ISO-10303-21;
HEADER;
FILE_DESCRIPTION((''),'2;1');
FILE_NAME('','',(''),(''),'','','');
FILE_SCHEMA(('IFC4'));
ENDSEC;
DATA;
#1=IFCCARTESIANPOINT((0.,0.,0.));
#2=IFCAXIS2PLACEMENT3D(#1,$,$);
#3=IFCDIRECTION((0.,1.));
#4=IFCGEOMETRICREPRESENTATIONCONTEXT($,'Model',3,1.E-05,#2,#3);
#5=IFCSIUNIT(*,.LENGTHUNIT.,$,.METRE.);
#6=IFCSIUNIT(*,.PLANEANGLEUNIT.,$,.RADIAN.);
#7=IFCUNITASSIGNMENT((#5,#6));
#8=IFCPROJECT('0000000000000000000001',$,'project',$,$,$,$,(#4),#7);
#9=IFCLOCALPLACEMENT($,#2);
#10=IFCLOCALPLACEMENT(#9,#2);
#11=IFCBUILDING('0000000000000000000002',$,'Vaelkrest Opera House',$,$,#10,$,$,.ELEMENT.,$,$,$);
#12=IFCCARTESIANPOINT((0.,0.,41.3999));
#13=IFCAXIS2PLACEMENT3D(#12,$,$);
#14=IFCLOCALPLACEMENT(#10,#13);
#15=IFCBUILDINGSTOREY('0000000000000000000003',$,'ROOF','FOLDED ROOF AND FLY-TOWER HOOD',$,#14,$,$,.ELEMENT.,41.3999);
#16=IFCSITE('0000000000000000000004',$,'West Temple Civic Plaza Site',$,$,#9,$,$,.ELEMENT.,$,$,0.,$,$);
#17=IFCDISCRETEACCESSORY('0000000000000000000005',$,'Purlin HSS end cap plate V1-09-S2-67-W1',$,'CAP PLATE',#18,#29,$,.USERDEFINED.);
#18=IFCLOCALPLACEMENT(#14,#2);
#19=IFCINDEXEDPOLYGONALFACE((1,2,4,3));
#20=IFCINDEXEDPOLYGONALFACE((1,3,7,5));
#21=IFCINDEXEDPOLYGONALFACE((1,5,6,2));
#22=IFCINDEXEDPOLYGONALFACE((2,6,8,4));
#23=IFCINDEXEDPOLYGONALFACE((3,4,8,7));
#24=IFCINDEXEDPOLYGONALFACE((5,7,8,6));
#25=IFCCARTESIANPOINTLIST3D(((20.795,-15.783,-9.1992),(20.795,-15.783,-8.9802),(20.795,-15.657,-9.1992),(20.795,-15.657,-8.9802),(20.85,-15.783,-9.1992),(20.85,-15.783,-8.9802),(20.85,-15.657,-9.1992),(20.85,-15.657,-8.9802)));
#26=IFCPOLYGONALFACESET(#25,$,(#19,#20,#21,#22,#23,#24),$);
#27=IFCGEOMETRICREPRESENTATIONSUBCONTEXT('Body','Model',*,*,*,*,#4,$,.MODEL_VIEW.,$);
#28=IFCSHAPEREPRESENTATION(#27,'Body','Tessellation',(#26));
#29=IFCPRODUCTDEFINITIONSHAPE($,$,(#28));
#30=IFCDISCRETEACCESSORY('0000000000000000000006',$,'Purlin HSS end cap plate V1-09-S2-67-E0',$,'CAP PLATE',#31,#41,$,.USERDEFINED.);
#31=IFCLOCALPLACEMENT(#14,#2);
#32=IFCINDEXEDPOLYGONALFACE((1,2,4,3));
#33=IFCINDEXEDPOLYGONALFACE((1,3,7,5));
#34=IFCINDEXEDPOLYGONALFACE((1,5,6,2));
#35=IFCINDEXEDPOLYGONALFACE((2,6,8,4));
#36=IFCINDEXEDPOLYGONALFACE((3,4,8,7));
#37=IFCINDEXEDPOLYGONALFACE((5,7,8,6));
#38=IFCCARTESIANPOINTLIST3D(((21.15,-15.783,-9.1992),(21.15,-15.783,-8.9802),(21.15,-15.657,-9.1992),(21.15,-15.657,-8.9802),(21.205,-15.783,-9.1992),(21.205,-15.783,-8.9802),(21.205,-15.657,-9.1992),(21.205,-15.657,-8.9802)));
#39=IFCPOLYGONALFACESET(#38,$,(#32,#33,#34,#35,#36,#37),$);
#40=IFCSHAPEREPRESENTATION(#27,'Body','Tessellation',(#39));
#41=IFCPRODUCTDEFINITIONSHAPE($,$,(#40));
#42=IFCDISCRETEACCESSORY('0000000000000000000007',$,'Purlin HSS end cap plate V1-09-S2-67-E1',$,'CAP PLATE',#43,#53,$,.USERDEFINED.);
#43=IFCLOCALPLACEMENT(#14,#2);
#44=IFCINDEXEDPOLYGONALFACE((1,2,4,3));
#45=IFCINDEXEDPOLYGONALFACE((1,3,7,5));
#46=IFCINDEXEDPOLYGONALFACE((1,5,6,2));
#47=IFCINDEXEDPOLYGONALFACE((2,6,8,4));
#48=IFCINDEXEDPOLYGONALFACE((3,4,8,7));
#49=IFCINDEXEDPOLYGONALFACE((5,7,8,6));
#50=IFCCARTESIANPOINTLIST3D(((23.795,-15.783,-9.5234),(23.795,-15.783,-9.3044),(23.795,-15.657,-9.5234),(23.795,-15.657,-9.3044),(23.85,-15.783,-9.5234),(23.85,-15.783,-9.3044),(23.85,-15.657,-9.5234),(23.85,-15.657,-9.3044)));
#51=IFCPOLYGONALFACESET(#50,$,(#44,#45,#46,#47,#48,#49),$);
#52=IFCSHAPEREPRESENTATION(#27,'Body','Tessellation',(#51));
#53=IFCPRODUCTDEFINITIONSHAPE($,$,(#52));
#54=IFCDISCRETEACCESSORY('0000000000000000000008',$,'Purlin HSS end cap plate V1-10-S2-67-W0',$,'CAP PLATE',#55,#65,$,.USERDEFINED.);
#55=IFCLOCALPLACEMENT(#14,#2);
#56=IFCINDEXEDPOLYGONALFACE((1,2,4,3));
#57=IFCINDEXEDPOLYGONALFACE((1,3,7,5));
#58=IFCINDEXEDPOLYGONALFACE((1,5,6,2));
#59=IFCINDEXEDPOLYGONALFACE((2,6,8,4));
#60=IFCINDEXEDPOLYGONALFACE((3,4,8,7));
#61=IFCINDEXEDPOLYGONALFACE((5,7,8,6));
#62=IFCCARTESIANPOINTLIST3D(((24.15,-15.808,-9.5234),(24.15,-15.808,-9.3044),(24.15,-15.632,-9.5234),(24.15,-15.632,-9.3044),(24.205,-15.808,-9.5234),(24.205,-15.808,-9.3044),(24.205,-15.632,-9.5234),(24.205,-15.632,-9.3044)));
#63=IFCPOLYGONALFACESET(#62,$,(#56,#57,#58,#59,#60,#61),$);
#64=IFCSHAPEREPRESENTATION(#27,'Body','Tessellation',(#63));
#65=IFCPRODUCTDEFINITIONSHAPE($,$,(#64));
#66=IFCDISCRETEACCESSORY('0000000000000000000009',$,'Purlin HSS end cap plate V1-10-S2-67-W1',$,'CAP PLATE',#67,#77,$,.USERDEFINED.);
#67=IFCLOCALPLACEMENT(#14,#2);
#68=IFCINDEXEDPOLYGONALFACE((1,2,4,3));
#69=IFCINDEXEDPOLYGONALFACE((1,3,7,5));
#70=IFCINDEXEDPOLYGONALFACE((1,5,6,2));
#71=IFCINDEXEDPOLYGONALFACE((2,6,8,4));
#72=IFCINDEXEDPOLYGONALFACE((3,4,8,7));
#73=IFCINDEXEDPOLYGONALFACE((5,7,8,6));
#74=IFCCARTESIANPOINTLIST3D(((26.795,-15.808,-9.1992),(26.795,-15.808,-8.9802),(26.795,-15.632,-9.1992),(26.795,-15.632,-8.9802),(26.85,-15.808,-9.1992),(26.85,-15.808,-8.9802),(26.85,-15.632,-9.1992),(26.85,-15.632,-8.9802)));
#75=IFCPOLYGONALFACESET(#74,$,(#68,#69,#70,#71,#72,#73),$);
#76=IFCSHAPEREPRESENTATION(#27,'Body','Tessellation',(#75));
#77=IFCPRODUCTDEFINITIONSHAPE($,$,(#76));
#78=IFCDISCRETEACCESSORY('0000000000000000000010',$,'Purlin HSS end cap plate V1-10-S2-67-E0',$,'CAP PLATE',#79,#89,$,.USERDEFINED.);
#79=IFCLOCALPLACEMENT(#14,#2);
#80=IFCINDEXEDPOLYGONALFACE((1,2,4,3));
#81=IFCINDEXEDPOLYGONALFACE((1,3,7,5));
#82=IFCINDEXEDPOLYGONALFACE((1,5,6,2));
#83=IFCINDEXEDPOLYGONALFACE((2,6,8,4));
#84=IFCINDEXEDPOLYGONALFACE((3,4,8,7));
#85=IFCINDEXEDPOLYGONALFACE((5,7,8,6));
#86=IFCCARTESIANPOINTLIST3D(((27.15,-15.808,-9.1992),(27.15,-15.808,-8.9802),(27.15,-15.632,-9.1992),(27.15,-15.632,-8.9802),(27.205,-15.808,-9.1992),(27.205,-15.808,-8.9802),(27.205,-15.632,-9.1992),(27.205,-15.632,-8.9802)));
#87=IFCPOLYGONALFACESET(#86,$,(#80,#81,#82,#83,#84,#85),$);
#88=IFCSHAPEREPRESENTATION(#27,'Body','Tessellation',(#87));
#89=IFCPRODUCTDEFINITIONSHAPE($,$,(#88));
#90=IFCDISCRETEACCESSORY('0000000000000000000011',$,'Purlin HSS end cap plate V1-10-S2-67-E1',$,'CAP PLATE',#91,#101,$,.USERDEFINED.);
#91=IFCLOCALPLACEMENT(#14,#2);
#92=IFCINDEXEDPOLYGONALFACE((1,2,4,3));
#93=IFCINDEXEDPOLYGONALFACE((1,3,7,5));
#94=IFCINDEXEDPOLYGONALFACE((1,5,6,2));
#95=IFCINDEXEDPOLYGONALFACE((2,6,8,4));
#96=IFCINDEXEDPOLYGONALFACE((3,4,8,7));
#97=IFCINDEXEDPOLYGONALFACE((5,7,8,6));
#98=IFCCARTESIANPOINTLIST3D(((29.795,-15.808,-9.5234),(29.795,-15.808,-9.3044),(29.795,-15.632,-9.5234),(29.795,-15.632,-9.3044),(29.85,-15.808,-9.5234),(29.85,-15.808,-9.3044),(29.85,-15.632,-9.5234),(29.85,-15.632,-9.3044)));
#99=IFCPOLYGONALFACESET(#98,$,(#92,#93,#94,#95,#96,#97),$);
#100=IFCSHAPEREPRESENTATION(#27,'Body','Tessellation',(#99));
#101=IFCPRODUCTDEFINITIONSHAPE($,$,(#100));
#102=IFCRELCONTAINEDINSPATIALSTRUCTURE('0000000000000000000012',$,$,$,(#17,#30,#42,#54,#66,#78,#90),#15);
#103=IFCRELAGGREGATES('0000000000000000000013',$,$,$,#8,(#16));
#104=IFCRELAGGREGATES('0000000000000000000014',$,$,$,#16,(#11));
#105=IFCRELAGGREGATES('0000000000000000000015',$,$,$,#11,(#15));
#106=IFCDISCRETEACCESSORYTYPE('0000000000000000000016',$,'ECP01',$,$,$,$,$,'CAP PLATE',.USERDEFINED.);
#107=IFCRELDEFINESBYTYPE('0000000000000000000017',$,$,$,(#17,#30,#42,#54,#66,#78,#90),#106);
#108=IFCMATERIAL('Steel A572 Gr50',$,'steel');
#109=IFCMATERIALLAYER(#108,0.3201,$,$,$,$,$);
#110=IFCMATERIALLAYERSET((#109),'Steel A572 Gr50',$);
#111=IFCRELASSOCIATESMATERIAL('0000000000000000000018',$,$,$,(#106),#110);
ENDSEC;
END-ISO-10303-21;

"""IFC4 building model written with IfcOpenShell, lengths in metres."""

from ifc_helpers import new_model, si_unit, direction, frame, origin, origin_2d, place, context, subcontext, project, spatial, rectangle, extrude, material, layer, layer_set, type_object, element, save


model = new_model("IFC4")

# Units and contexts
model_context = context("Model", 3, precision=1e-05, world=origin(), true_north=direction((0.0, 1.0)))
body_context = subcontext(model_context, "Body", "Model", "MODEL_VIEW")
ifc_project = project(units=[si_unit("LENGTHUNIT", "METRE"), si_unit("PLANEANGLEUNIT", "RADIAN")], contexts=[model_context])

# Site, building, storey
site_placement = place(None, origin())
site = spatial("IfcSite", under=ifc_project, at=site_placement, Name="West Temple Civic Plaza Site", CompositionType="ELEMENT", RefElevation=0.0)
building_placement = place(site_placement, origin())
building = spatial("IfcBuilding", under=site, at=building_placement, Name="Vaelkrest Opera House", CompositionType="ELEMENT")
storey_placement = place(building_placement, frame((0.0, 0.0, 41.3999)))
storey = spatial("IfcBuildingStorey", under=building, at=storey_placement, Name="ROOF", Description="FOLDED ROOF AND FLY-TOWER HOOD", CompositionType="ELEMENT", Elevation=41.3999)

# Shared definitions
ifc_material_1 = material(Name="Steel A572 Gr50", Category="steel")

# Discrete accessories
ifc_layer_1 = layer(ifc_material_1, 0.3201)
ifc_layer_set_1 = layer_set([ifc_layer_1], Name="Steel A572 Gr50")
discrete_accessory_type = type_object("IfcDiscreteAccessoryType", Name="ECP01", ElementType="CAP PLATE", PredefinedType="USERDEFINED", material=ifc_layer_set_1)
for number, where, z_axis, x_axis, name in (
    (1, (20.8225, -15.72, -9.1992), (0.0, 0.0, 1.0), (1.0, 0.0, 0.0), "Purlin HSS end cap plate V1-09-S2-67-W1"),
    (2, (21.1775, -15.72, -9.1992), (0.0, 0.0, 1.0), (1.0, 0.0, 0.0), "Purlin HSS end cap plate V1-09-S2-67-E0"),
    (3, (23.8225, -15.72, -9.5234), (0.0, 0.0, 1.0), (1.0, 0.0, 0.0), "Purlin HSS end cap plate V1-09-S2-67-E1"),
):
    element("IfcDiscreteAccessory", number, at=place(storey_placement, frame(where, z_axis=z_axis, x_axis=x_axis)), inside=storey, type_object=discrete_accessory_type, Name=name, ObjectType="CAP PLATE", PredefinedType="USERDEFINED", context=body_context, shape_type="SweptSolid", body=[
        extrude(rectangle(XDim=0.0549, YDim=0.126, at=origin_2d()), origin(), (0.0, 0.0, 1.0), 0.219),
    ])
for number, where, z_axis, x_axis, name in (
    (4, (24.1775, -15.72, -9.5234), (0.0, 0.0, 1.0), (1.0, 0.0, 0.0), "Purlin HSS end cap plate V1-10-S2-67-W0"),
    (5, (26.8225, -15.72, -9.1992), (0.0, 0.0, 1.0), (1.0, 0.0, 0.0), "Purlin HSS end cap plate V1-10-S2-67-W1"),
    (6, (27.1775, -15.72, -9.1992), (0.0, 0.0, 1.0), (1.0, 0.0, 0.0), "Purlin HSS end cap plate V1-10-S2-67-E0"),
    (7, (29.8225, -15.72, -9.5234), (0.0, 0.0, 1.0), (1.0, 0.0, 0.0), "Purlin HSS end cap plate V1-10-S2-67-E1"),
):
    element("IfcDiscreteAccessory", number, at=place(storey_placement, frame(where, z_axis=z_axis, x_axis=x_axis)), inside=storey, type_object=discrete_accessory_type, Name=name, ObjectType="CAP PLATE", PredefinedType="USERDEFINED", context=body_context, shape_type="SweptSolid", body=[
        extrude(rectangle(XDim=0.0549, YDim=0.176, at=origin_2d()), origin(), (0.0, 0.0, 1.0), 0.219),
    ])

save(model, "model.ifc")
